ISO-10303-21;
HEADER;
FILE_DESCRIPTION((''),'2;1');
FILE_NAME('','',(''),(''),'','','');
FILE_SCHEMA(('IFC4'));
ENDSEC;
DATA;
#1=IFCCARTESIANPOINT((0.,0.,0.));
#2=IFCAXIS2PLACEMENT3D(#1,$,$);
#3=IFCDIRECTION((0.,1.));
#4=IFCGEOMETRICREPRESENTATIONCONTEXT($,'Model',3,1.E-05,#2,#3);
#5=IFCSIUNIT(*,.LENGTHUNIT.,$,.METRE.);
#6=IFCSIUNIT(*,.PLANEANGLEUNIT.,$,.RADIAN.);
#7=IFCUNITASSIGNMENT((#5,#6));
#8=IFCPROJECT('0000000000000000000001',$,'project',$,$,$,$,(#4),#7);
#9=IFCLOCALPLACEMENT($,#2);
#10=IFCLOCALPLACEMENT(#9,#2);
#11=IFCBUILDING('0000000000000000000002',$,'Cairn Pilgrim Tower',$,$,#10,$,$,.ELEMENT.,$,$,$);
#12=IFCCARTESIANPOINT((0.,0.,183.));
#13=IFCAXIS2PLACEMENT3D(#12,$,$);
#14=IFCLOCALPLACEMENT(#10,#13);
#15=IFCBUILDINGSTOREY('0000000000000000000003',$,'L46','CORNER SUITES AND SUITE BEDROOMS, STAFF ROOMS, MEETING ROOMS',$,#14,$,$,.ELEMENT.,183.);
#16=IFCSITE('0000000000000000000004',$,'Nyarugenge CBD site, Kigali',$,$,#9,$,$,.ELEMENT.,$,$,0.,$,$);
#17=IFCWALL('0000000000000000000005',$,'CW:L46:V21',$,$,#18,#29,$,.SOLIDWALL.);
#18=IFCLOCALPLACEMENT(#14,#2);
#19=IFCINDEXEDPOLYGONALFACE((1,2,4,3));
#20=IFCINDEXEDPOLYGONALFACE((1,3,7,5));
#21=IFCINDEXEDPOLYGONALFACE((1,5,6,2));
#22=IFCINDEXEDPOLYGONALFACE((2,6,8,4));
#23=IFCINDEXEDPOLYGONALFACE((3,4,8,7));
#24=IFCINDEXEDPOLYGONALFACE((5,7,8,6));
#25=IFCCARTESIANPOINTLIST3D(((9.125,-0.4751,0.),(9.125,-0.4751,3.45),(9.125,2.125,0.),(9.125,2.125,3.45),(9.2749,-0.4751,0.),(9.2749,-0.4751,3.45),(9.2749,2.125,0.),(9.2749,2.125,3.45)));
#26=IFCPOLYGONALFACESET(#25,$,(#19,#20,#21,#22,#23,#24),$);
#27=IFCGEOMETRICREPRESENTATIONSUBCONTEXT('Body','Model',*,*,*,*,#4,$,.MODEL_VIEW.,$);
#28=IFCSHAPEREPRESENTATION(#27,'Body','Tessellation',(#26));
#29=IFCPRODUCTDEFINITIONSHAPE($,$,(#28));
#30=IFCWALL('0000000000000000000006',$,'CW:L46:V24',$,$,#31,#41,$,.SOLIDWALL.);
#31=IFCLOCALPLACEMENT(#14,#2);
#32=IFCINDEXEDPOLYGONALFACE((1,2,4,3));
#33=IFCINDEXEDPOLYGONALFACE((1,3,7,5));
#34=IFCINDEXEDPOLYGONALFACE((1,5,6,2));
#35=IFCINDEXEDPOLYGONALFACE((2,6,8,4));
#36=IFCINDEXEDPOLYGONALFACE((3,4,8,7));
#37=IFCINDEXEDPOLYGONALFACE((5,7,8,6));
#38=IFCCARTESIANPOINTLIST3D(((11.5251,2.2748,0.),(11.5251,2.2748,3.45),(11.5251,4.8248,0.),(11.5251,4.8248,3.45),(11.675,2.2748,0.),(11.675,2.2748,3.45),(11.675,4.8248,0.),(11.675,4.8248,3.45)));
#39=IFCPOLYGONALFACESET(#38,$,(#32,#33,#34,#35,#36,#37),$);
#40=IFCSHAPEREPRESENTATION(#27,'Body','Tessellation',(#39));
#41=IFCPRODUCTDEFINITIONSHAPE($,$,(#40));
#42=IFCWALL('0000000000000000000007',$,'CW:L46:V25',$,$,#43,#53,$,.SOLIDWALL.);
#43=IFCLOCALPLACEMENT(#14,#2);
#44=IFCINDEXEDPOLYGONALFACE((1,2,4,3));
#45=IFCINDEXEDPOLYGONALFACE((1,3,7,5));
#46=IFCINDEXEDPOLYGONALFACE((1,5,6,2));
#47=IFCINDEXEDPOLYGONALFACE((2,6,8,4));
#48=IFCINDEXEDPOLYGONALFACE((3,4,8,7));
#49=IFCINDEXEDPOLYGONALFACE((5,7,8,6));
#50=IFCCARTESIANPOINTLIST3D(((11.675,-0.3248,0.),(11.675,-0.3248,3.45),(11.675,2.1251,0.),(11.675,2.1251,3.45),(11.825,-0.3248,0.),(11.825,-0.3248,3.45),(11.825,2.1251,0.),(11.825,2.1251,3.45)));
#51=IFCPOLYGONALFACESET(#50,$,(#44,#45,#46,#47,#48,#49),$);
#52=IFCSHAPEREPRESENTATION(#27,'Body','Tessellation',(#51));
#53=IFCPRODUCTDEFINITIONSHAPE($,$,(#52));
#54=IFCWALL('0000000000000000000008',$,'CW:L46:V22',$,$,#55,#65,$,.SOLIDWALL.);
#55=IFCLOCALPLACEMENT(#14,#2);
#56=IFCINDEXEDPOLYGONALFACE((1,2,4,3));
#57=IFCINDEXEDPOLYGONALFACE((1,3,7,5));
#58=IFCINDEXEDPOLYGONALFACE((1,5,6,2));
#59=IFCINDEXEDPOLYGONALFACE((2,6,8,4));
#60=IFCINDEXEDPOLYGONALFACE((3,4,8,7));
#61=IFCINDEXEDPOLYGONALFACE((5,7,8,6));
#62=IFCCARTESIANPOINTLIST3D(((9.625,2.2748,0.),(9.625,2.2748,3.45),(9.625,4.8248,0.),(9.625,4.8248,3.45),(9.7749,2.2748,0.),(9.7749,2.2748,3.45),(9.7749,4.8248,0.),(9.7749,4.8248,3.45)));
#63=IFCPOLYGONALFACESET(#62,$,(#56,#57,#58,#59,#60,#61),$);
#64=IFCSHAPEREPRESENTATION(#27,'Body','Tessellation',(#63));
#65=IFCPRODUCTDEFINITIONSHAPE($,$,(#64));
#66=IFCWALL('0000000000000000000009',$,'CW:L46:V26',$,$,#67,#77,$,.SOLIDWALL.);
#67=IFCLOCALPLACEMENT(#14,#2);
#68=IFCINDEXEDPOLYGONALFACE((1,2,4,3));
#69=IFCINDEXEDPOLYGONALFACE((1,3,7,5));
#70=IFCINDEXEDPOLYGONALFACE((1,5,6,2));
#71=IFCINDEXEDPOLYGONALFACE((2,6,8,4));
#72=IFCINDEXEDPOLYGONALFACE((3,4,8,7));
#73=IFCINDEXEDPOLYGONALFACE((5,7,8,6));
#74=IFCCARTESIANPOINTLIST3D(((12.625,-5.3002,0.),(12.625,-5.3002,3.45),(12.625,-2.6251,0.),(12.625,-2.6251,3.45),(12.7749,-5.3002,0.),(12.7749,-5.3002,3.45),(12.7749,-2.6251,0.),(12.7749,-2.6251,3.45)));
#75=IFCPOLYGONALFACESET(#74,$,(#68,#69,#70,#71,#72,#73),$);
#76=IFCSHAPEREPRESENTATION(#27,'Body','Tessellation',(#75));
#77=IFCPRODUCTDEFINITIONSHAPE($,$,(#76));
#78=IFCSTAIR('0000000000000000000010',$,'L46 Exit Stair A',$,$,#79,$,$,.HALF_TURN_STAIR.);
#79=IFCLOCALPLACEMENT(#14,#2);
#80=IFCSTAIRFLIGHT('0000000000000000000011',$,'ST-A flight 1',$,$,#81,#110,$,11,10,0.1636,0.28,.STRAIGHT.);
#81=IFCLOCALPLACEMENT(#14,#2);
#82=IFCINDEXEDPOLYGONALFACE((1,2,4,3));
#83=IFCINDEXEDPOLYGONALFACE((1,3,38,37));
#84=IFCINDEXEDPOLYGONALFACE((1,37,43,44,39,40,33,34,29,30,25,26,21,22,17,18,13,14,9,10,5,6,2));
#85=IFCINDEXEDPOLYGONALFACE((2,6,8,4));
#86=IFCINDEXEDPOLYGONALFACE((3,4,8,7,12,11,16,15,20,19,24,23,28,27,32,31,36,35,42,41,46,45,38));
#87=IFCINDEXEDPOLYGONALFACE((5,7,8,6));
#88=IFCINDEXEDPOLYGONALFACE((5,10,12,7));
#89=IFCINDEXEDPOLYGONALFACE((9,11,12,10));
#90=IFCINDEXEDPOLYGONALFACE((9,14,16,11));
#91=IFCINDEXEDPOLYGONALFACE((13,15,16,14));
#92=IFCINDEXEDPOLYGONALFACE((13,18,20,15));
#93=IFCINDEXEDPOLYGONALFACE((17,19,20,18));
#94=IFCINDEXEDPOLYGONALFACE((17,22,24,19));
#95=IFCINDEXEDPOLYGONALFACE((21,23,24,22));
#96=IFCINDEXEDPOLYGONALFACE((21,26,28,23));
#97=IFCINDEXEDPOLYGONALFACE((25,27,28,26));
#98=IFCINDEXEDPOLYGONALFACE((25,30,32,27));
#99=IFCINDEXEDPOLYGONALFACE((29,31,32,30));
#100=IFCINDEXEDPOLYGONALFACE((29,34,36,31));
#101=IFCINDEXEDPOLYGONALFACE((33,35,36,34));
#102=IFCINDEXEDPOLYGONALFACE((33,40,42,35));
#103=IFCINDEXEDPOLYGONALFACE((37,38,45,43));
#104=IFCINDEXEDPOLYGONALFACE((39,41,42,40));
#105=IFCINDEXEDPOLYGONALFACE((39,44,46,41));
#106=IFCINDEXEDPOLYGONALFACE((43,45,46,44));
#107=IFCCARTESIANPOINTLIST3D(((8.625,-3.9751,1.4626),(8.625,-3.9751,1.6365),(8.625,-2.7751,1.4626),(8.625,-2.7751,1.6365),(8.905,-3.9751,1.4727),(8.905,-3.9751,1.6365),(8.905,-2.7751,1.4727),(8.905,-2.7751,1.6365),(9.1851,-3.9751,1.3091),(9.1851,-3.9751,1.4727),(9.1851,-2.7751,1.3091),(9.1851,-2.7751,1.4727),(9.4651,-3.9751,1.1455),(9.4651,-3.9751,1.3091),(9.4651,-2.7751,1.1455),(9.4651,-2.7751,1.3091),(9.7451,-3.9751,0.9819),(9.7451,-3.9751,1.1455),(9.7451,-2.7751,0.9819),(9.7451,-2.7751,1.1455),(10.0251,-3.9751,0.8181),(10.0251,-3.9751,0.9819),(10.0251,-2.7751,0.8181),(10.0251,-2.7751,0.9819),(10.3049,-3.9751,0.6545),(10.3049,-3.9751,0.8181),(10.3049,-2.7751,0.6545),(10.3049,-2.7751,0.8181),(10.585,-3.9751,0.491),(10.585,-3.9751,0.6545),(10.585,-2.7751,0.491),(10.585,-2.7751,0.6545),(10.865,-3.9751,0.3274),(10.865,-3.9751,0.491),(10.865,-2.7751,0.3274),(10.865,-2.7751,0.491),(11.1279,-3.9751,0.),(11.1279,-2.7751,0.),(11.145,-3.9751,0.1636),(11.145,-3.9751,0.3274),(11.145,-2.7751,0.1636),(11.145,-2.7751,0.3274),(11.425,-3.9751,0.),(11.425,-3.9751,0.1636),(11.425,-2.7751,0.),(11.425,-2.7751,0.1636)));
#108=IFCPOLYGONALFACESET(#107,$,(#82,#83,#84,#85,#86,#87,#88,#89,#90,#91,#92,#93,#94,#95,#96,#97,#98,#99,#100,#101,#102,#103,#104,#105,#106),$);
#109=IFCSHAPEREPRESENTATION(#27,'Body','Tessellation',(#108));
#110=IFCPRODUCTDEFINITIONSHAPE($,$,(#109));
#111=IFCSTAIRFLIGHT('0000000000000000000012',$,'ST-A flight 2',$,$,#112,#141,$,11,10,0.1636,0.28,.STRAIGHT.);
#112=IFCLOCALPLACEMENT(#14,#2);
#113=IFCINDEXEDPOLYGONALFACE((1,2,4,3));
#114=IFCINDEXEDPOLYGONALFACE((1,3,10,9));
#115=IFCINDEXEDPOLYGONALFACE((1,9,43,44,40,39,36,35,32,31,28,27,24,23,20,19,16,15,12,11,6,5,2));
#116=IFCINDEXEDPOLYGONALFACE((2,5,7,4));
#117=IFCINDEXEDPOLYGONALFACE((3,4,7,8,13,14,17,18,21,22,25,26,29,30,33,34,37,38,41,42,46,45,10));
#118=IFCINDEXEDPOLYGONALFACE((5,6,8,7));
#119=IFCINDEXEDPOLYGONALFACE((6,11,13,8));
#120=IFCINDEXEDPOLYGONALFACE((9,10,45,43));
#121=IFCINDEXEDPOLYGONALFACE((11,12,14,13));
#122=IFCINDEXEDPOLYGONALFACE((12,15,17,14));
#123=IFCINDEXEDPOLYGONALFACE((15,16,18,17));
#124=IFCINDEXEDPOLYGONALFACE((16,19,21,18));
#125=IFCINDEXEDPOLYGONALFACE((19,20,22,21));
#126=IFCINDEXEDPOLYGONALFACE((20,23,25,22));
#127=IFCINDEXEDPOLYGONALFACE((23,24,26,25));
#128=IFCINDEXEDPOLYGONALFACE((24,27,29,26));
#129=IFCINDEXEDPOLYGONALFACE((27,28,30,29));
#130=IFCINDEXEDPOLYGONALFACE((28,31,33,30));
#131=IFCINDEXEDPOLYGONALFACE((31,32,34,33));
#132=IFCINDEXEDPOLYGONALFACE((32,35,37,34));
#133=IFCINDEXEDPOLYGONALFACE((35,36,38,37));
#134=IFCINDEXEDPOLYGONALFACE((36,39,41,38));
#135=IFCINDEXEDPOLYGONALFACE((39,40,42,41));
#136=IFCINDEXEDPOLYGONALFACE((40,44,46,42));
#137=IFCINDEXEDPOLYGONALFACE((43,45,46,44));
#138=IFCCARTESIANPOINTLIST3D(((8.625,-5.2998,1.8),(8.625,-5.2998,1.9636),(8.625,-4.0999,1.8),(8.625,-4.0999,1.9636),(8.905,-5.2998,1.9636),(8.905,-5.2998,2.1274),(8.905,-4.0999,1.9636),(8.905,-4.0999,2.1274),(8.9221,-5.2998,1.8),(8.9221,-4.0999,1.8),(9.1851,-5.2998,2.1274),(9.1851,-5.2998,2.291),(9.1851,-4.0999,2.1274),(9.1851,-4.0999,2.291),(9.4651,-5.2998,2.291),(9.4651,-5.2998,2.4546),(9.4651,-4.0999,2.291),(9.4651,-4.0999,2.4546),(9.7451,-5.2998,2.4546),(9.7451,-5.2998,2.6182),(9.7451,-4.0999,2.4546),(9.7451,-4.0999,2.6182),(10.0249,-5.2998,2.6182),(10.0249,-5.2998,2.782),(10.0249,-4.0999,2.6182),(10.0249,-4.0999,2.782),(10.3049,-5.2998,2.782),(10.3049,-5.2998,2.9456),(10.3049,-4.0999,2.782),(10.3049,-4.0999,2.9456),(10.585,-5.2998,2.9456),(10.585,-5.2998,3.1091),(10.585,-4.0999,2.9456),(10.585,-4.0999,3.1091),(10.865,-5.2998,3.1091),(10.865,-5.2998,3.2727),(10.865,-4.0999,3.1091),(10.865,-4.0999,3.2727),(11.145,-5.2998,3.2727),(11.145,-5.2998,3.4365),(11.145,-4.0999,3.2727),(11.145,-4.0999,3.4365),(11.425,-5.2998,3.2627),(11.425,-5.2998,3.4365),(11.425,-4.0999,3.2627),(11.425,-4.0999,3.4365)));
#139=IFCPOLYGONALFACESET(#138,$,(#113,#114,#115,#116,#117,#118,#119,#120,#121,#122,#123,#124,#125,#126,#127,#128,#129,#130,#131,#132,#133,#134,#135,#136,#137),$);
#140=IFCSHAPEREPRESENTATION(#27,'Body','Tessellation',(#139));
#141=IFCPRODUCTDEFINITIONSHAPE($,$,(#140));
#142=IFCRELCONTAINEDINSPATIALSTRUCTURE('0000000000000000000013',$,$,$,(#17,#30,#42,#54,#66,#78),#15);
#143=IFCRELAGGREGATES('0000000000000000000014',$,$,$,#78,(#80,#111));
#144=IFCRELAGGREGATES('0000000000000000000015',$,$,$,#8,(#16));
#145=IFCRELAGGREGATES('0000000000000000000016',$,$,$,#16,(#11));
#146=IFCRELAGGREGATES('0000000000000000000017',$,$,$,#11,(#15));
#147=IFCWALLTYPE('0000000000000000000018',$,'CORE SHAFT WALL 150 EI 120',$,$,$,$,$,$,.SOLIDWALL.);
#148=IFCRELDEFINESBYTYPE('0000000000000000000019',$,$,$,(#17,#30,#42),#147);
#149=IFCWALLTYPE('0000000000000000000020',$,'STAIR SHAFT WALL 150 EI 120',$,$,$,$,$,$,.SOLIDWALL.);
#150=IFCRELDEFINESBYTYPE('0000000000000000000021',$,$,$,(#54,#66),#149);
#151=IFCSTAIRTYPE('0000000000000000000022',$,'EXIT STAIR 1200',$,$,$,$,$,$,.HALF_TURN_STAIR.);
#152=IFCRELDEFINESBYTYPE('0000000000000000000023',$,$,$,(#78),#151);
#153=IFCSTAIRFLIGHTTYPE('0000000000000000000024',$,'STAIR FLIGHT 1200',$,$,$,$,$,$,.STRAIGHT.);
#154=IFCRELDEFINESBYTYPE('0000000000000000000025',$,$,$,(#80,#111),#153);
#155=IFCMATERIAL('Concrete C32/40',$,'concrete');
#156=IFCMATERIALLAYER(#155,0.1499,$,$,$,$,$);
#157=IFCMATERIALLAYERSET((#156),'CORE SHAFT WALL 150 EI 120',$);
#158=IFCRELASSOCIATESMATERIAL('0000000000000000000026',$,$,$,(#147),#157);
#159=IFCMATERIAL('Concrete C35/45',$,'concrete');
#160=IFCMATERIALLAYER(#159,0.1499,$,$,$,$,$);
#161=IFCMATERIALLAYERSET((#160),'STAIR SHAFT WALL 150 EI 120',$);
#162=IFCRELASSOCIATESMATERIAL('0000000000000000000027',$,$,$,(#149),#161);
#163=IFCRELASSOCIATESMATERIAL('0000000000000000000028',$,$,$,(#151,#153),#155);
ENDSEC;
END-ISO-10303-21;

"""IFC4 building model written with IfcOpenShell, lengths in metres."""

from ifc_helpers import new_model, si_unit, direction, frame, frame_2d, origin, place, context, subcontext, project, spatial, polyline, rectangle, outline, extrude, material, layer, layer_set, type_object, element, aggregate, save


model = new_model("IFC4")

# Units and contexts
model_context = context("Model", 3, precision=1e-05, world=origin(), true_north=direction((0.0, 1.0)))
body_context = subcontext(model_context, "Body", "Model", "MODEL_VIEW")
ifc_project = project(units=[si_unit("LENGTHUNIT", "METRE"), si_unit("PLANEANGLEUNIT", "RADIAN")], contexts=[model_context])

# Site, building, storey
site_placement = place(None, origin())
site = spatial("IfcSite", under=ifc_project, at=site_placement, Name="Nyarugenge CBD site, Kigali", CompositionType="ELEMENT", RefElevation=0.0)
building_placement = place(site_placement, origin())
building = spatial("IfcBuilding", under=site, at=building_placement, Name="Cairn Pilgrim Tower", CompositionType="ELEMENT")
storey_placement = place(building_placement, frame((0.0, 0.0, 183.0)))
storey = spatial("IfcBuildingStorey", under=building, at=storey_placement, Name="L46", Description="CORNER SUITES AND SUITE BEDROOMS, STAFF ROOMS, MEETING ROOMS", CompositionType="ELEMENT", Elevation=183.0)

# Shared definitions
ifc_material_1 = material(Name="Concrete C32/40", Category="concrete")

# Shared definitions
ifc_layer_1 = layer(ifc_material_1, 0.1499)
ifc_layer_set_1 = layer_set([ifc_layer_1], Name="CORE SHAFT WALL 150 EI 120")
wall_type_1 = type_object("IfcWallType", Name="CORE SHAFT WALL 150 EI 120", PredefinedType="SOLIDWALL", material=ifc_layer_set_1)

# Walls
wall_1_placement = place(storey_placement, frame((9.2, -0.4751, 0.0), z_axis=(0.0, 0.0, 1.0), x_axis=(0.0, 1.0, 0.0)))
element("IfcWall", 1, at=wall_1_placement, inside=storey, type_object=wall_type_1, Name="CW:L46:V21", PredefinedType="SOLIDWALL", context=body_context, shape_type="SweptSolid", body=[
    extrude(rectangle(XDim=2.6001, YDim=0.1499, at=frame_2d((1.3, 0.0))), origin(), (0.0, 0.0, 1.0), 3.45),
])
wall_2_placement = place(storey_placement, frame((11.6001, 2.2749, 0.0), z_axis=(0.0, 0.0, 1.0), x_axis=(0.0, 1.0, 0.0)))
element("IfcWall", 2, at=wall_2_placement, inside=storey, type_object=wall_type_1, Name="CW:L46:V24", PredefinedType="SOLIDWALL", context=body_context, shape_type="SweptSolid", body=[
    extrude(rectangle(XDim=2.55, YDim=0.1499, at=frame_2d((1.2749, 0.0))), origin(), (0.0, 0.0, 1.0), 3.45),
])
wall_3_placement = place(storey_placement, frame((11.75, -0.325, 0.0), z_axis=(0.0, 0.0, 1.0), x_axis=(0.0, 1.0, 0.0)))
element("IfcWall", 3, at=wall_3_placement, inside=storey, type_object=wall_type_1, Name="CW:L46:V25", PredefinedType="SOLIDWALL", context=body_context, shape_type="SweptSolid", body=[
    extrude(rectangle(XDim=2.45, YDim=0.1499, at=frame_2d((1.2251, 0.0))), origin(), (0.0, 0.0, 1.0), 3.45),
])
ifc_material_2 = material(Name="Concrete C35/45", Category="concrete")
ifc_layer_2 = layer(ifc_material_2, 0.1499)
ifc_layer_set_2 = layer_set([ifc_layer_2], Name="STAIR SHAFT WALL 150 EI 120")
wall_type_2 = type_object("IfcWallType", Name="STAIR SHAFT WALL 150 EI 120", PredefinedType="SOLIDWALL", material=ifc_layer_set_2)
wall_4_placement = place(storey_placement, frame((9.7, 2.2749, 0.0), z_axis=(0.0, 0.0, 1.0), x_axis=(0.0, 1.0, 0.0)))
element("IfcWall", 4, at=wall_4_placement, inside=storey, type_object=wall_type_2, Name="CW:L46:V22", PredefinedType="SOLIDWALL", context=body_context, shape_type="SweptSolid", body=[
    extrude(rectangle(XDim=2.55, YDim=0.1499, at=frame_2d((1.2749, 0.0))), origin(), (0.0, 0.0, 1.0), 3.45),
])
wall_5_placement = place(storey_placement, frame((12.7, -5.3, 0.0), z_axis=(0.0, 0.0, 1.0), x_axis=(0.0, 1.0, 0.0)))
element("IfcWall", 5, at=wall_5_placement, inside=storey, type_object=wall_type_2, Name="CW:L46:V26", PredefinedType="SOLIDWALL", context=body_context, shape_type="SweptSolid", body=[
    extrude(rectangle(XDim=2.675, YDim=0.1499, at=frame_2d((1.3374, 0.0))), origin(), (0.0, 0.0, 1.0), 3.45),
])

# Stair, stair flights
stair_type = type_object("IfcStairType", Name="EXIT STAIR 1200", PredefinedType="HALF_TURN_STAIR", material=ifc_material_1)
stair_placement = place(storey_placement, origin())
stair = element("IfcStair", 6, at=stair_placement, inside=storey, type_object=stair_type, Name="L46 Exit Stair A", PredefinedType="HALF_TURN_STAIR")
stair_flight_type = type_object("IfcStairFlightType", Name="STAIR FLIGHT 1200", PredefinedType="STRAIGHT", material=ifc_material_1)
stair_flight_1_placement = place(storey_placement, frame((11.425, -3.375, 0.0), z_axis=(0.0, 0.0, 1.0), x_axis=(-1.0, 0.0, 0.0)))
stair_flight_1 = element("IfcStairFlight", 7, at=stair_flight_1_placement, type_object=stair_flight_type, Name="ST-A flight 1", NumberOfRisers=11, NumberOfTreads=10, PredefinedType="STRAIGHT", RiserHeight=0.1636, TreadLength=0.28, context=body_context, shape_type="SweptSolid", body=[
    extrude(outline(polyline([(0.0, 0.0), (0.0, 0.1636), (0.28, 0.1636), (0.28, 0.3274), (0.5601, 0.3274), (0.5601, 0.491), (0.8401, 0.491), (0.8401, 0.6545), (1.1201, 0.6545), (1.1201, 0.8181), (1.3999, 0.8181), (1.3999, 0.9819), (1.6799, 0.9819), (1.6799, 1.1455), (1.96, 1.1455), (1.96, 1.3091), (2.24, 1.3091), (2.24, 1.4727), (2.52, 1.4727), (2.52, 1.6365), (2.8, 1.6365), (2.8, 1.8), (2.8, 1.4626), (0.2971, 0.0), (0.0, 0.0)])), frame((0.0, 0.6001, 0.0), z_axis=(0.0, -1.0, 0.0), x_axis=(1.0, 0.0, 0.0)), (0.0, 0.0, 1.0), 1.2),
])
stair_flight_2_placement = place(storey_placement, frame((8.625, -4.7, 1.8), z_axis=(0.0, 0.0, 1.0), x_axis=(1.0, 0.0, 0.0)))
stair_flight_2 = element("IfcStairFlight", 8, at=stair_flight_2_placement, type_object=stair_flight_type, Name="ST-A flight 2", NumberOfRisers=11, NumberOfTreads=10, PredefinedType="STRAIGHT", RiserHeight=0.1636, TreadLength=0.28, context=body_context, shape_type="SweptSolid", body=[
    extrude(outline(polyline([(0.0, 0.0), (0.0, 0.1636), (0.28, 0.1636), (0.28, 0.3274), (0.5601, 0.3274), (0.5601, 0.491), (0.8401, 0.491), (0.8401, 0.6545), (1.1201, 0.6545), (1.1201, 0.8181), (1.3999, 0.8181), (1.3999, 0.9819), (1.6799, 0.9819), (1.6799, 1.1455), (1.96, 1.1455), (1.96, 1.3091), (2.24, 1.3091), (2.24, 1.4727), (2.52, 1.4727), (2.52, 1.6365), (2.8, 1.6365), (2.8, 1.8), (2.8, 1.4626), (0.2971, 0.0), (0.0, 0.0)])), frame((0.0, 0.6001, 0.0), z_axis=(0.0, -1.0, 0.0), x_axis=(1.0, 0.0, 0.0)), (0.0, 0.0, 1.0), 1.2),
])
aggregate(stair, [stair_flight_1, stair_flight_2])

save(model, "model.ifc")
